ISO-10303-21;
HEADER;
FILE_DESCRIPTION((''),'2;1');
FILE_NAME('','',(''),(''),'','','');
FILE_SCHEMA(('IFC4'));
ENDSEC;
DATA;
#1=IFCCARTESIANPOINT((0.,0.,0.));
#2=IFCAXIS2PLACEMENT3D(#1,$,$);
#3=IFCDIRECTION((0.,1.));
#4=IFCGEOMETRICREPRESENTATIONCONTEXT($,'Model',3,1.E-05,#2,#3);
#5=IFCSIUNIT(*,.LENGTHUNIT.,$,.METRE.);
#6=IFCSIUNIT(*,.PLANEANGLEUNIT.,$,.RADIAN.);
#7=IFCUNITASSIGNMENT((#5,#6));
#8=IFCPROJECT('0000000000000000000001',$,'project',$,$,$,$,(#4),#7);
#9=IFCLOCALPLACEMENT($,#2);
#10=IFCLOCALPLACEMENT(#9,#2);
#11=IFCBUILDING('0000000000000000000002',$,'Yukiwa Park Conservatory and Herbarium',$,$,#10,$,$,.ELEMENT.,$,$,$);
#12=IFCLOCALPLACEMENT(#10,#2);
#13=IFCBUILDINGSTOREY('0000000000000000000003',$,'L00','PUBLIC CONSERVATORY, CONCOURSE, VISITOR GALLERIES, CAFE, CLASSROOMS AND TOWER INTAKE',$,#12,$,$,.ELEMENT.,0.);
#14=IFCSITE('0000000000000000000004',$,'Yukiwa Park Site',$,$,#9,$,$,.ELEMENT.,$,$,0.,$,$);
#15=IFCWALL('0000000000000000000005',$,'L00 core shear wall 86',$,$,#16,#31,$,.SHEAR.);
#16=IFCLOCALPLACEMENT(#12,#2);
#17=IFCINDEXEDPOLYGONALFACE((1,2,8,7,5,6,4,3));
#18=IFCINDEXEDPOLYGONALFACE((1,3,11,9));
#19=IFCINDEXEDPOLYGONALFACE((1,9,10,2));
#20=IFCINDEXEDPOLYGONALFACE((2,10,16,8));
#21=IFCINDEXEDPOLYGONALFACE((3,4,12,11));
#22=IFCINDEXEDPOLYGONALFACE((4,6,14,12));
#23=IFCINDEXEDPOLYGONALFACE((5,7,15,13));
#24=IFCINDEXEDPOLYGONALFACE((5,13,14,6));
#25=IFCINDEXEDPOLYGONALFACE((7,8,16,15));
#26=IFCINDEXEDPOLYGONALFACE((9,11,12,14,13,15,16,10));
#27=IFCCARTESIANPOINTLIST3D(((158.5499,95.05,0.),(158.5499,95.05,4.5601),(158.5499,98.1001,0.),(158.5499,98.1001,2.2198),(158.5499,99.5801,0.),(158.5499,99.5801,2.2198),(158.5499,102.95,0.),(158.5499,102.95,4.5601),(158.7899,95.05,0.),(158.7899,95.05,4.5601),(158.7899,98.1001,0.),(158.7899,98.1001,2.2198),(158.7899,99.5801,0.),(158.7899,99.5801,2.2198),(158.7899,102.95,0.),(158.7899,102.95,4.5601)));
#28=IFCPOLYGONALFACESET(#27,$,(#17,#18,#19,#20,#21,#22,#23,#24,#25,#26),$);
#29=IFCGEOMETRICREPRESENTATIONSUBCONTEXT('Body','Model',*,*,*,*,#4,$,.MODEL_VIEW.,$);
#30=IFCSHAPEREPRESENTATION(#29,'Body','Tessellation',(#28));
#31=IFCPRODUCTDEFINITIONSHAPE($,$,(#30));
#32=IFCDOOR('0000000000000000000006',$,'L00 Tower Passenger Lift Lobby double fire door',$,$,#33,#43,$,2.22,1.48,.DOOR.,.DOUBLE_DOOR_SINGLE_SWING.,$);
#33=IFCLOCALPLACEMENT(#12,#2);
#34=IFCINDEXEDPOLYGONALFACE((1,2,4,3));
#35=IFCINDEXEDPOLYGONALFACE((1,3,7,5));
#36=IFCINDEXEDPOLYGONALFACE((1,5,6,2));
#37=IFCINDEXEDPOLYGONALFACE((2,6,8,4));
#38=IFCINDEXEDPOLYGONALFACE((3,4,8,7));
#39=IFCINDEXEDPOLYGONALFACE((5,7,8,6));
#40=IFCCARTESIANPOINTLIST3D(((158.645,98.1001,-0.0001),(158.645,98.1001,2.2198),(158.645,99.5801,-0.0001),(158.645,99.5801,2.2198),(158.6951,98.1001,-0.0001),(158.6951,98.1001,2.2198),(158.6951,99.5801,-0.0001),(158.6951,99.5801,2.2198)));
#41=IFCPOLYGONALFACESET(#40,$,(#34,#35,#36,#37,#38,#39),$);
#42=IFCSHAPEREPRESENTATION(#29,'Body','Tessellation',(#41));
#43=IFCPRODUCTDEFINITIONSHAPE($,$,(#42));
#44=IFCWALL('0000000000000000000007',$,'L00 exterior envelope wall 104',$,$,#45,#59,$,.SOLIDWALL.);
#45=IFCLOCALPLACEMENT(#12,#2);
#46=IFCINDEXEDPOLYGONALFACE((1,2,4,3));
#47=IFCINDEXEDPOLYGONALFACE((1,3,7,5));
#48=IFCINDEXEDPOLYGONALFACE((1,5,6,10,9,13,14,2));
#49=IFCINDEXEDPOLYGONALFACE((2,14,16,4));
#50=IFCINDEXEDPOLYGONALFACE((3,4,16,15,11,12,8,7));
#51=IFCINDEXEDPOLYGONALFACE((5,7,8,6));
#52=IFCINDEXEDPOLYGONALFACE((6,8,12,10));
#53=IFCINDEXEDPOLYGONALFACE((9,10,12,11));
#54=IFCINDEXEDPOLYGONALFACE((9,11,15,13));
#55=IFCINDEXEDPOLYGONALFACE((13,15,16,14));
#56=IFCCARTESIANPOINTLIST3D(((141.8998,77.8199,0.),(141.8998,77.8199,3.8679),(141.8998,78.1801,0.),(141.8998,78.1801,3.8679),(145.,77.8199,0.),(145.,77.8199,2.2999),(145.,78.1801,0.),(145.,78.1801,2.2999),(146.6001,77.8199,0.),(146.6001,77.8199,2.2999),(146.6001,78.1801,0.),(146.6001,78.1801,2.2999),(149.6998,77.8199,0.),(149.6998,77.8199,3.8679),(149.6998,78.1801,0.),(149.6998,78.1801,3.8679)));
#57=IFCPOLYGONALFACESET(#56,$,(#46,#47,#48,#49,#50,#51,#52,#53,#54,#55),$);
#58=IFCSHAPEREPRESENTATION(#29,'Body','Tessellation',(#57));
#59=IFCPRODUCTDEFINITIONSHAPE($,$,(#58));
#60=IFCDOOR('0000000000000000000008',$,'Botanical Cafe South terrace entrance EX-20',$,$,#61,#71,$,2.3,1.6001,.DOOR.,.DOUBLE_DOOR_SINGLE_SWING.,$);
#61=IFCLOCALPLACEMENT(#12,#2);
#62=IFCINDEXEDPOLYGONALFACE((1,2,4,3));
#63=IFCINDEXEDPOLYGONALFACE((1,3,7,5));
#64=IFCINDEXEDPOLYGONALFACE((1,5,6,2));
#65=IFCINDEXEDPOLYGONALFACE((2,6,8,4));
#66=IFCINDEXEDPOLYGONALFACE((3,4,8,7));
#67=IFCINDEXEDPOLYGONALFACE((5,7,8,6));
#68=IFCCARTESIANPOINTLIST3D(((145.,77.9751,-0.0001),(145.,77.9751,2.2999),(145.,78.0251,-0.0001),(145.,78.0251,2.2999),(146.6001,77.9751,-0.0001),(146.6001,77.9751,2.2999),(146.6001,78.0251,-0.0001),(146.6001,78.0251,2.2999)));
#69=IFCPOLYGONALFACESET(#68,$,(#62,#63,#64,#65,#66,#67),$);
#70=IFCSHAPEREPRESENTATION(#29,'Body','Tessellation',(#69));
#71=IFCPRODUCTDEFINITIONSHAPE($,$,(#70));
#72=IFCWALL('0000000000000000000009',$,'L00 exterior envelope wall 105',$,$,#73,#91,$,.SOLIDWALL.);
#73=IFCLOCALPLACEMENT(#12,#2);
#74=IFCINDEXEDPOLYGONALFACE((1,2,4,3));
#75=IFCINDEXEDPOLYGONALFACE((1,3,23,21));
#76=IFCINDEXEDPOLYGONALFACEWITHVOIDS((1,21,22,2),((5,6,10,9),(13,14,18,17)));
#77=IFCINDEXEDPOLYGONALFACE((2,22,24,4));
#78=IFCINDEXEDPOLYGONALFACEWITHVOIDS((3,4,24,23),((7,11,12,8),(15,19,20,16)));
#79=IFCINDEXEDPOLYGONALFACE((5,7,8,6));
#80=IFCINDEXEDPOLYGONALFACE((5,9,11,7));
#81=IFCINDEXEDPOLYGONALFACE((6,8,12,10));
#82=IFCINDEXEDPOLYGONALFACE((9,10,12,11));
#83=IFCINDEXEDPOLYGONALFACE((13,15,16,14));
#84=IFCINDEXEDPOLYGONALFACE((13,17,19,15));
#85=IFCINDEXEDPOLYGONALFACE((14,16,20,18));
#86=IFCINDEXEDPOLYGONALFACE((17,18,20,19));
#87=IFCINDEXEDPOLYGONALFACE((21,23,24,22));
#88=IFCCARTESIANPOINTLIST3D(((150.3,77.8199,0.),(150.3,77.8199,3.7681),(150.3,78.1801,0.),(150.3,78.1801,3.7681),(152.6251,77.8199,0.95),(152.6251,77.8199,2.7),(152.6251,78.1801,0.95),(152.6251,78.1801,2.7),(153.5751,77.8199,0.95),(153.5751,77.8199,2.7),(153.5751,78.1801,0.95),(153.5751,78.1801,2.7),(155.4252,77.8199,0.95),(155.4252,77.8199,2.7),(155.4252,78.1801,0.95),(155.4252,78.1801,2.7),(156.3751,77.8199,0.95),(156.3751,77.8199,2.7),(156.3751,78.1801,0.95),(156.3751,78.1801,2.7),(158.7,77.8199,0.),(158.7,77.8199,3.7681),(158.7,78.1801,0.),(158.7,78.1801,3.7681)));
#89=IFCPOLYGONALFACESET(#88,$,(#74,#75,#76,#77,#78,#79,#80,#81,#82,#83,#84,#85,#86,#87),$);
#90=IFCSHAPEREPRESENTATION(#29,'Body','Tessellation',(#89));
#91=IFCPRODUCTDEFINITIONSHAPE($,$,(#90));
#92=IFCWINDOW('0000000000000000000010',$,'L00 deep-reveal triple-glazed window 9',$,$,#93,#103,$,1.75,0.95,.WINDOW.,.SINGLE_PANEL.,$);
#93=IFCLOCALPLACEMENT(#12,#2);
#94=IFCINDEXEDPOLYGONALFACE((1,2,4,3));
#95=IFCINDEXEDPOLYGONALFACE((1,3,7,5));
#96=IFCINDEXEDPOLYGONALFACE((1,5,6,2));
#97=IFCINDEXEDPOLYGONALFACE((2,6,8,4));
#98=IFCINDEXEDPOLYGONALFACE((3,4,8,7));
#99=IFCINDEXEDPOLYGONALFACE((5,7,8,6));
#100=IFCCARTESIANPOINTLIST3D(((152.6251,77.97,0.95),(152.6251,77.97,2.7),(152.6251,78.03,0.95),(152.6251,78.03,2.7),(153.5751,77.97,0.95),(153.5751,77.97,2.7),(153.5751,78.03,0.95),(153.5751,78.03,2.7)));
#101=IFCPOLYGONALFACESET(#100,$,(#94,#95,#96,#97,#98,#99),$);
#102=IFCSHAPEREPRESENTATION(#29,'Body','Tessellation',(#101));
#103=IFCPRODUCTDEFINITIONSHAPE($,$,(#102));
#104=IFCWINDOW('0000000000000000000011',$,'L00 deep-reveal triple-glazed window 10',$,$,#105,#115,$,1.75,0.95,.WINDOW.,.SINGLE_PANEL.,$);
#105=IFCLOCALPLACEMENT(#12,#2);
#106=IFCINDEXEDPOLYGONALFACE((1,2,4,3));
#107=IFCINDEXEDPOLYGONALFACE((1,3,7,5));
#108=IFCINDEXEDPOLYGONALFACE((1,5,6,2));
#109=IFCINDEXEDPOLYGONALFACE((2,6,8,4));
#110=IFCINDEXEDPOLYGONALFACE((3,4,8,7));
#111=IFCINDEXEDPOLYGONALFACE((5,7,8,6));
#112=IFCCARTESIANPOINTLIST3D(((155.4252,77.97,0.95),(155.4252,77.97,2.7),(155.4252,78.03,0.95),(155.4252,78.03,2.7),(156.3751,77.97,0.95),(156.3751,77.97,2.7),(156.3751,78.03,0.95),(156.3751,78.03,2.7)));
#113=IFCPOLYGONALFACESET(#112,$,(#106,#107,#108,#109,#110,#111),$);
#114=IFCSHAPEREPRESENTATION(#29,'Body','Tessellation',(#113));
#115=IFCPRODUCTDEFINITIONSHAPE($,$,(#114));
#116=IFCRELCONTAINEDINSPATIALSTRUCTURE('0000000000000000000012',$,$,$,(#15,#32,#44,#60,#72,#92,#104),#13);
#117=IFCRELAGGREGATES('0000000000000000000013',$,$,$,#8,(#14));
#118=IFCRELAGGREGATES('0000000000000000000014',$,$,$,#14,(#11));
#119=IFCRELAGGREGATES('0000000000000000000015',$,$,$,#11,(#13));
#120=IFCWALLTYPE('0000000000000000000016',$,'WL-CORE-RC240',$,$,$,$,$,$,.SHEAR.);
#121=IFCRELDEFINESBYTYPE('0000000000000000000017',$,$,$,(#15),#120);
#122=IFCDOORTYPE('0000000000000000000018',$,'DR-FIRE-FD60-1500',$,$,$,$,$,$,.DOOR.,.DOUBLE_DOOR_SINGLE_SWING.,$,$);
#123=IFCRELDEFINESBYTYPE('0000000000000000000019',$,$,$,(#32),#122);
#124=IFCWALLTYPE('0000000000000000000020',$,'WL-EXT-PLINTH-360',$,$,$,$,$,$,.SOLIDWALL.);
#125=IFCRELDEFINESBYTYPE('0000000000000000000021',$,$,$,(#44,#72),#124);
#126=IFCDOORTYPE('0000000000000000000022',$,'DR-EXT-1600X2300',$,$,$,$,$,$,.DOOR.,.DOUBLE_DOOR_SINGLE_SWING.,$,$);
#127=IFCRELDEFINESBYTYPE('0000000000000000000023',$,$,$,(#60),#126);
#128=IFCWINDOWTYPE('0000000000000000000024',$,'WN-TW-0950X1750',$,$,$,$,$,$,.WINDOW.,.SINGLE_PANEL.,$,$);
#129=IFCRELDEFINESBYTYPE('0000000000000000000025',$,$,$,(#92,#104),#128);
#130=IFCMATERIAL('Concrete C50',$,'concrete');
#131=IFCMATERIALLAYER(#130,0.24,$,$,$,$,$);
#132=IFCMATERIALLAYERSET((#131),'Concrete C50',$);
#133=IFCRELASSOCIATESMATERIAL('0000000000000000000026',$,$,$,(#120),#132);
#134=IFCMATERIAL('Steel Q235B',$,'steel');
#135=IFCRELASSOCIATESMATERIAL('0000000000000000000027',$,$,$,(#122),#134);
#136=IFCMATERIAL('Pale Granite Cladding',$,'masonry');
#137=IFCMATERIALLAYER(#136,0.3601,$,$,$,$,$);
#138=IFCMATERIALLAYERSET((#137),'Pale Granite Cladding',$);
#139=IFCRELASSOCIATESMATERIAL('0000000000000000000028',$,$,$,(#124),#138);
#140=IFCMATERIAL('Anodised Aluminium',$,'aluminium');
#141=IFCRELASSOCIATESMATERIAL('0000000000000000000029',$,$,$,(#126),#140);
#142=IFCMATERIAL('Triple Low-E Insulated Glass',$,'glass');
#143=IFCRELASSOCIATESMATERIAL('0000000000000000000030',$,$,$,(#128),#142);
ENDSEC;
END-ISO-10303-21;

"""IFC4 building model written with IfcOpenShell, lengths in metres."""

from ifc_helpers import new_model, si_unit, direction, frame, frame_2d, origin, place, context, subcontext, project, spatial, rectangle, extrude, material, layer, layer_set, type_object, element, fill, save


model = new_model("IFC4")

# Units and contexts
model_context = context("Model", 3, precision=1e-05, world=origin(), true_north=direction((0.0, 1.0)))
body_context = subcontext(model_context, "Body", "Model", "MODEL_VIEW")
ifc_project = project(units=[si_unit("LENGTHUNIT", "METRE"), si_unit("PLANEANGLEUNIT", "RADIAN")], contexts=[model_context])

# Site, building, storey
site_placement = place(None, origin())
site = spatial("IfcSite", under=ifc_project, at=site_placement, Name="Yukiwa Park Site", CompositionType="ELEMENT", RefElevation=0.0)
building_placement = place(site_placement, origin())
building = spatial("IfcBuilding", under=site, at=building_placement, Name="Yukiwa Park Conservatory and Herbarium", CompositionType="ELEMENT")
storey_placement = place(building_placement, origin())
storey = spatial("IfcBuildingStorey", under=building, at=storey_placement, Name="L00", Description="PUBLIC CONSERVATORY, CONCOURSE, VISITOR GALLERIES, CAFE, CLASSROOMS AND TOWER INTAKE", CompositionType="ELEMENT", Elevation=0.0)

# Shared definitions
ifc_material_1 = material(Name="Concrete C50", Category="concrete")
ifc_layer_1 = layer(ifc_material_1, 0.24)
ifc_layer_set_1 = layer_set([ifc_layer_1], Name="Concrete C50")
wall_type_1 = type_object("IfcWallType", Name="WL-CORE-RC240", PredefinedType="SHEAR", material=ifc_layer_set_1)

# Walls, openings, doors
wall_1_placement = place(storey_placement, frame((158.6699, 95.05, 0.0), z_axis=(0.0, 0.0, 1.0), x_axis=(0.0, 1.0, 0.0)))
wall_1 = element("IfcWall", 1, at=wall_1_placement, inside=storey, type_object=wall_type_1, Name="L00 core shear wall 86", PredefinedType="SHEAR", context=body_context, shape_type="SweptSolid", body=[
    extrude(rectangle(XDim=7.8999, YDim=0.24, at=frame_2d((3.95, 0.0))), origin(), (0.0, 0.0, 1.0), 4.5601),
])
opening_1_placement = place(wall_1_placement, frame((3.05, 0.0, 0.0)))
opening_1 = element("IfcOpeningElement", 2, at=opening_1_placement, cuts=wall_1, PredefinedType="OPENING", context=body_context, shape_type="SweptSolid", body=[
    extrude(rectangle(XDim=1.48, YDim=2.22, at=frame_2d((0.74, 1.1099))), frame((0.0, 0.1299, 0.0), z_axis=(0.0, -1.0, 0.0), x_axis=(1.0, 0.0, 0.0)), (0.0, 0.0, 1.0), 0.26),
])
ifc_material_2 = material(Name="Steel Q235B", Category="steel")
door_type_1 = type_object("IfcDoorType", Name="DR-FIRE-FD60-1500", OperationType="DOUBLE_DOOR_SINGLE_SWING", PredefinedType="DOOR", material=ifc_material_2)
door_1_placement = place(opening_1_placement, origin())
door_1 = element("IfcDoor", 3, at=door_1_placement, inside=storey, type_object=door_type_1, Name="L00 Tower Passenger Lift Lobby double fire door", OperationType="DOUBLE_DOOR_SINGLE_SWING", OverallHeight=2.22, OverallWidth=1.48, PredefinedType="DOOR", context=body_context, shape_type="SweptSolid", body=[
    extrude(rectangle(XDim=1.48, YDim=2.22, at=frame_2d((0.74, 1.1099))), frame((0.0, 0.0249, 0.0), z_axis=(0.0, -1.0, 0.0), x_axis=(1.0, 0.0, 0.0)), (0.0, 0.0, 1.0), 0.05),
])
fill(opening_1, door_1)
ifc_material_3 = material(Name="Pale Granite Cladding", Category="masonry")
ifc_layer_2 = layer(ifc_material_3, 0.3601)
ifc_layer_set_2 = layer_set([ifc_layer_2], Name="Pale Granite Cladding")
wall_type_2 = type_object("IfcWallType", Name="WL-EXT-PLINTH-360", PredefinedType="SOLIDWALL", material=ifc_layer_set_2)
wall_2_placement = place(storey_placement, frame((141.8999, 78.0, 0.0), z_axis=(0.0, 0.0, 1.0), x_axis=(1.0, 0.0, 0.0)))
wall_2 = element("IfcWall", 4, at=wall_2_placement, inside=storey, type_object=wall_type_2, Name="L00 exterior envelope wall 104", PredefinedType="SOLIDWALL", context=body_context, shape_type="SweptSolid", body=[
    extrude(rectangle(XDim=7.8, YDim=0.3601, at=frame_2d((3.8999, 0.0))), origin(), (0.0, 0.0, 1.0), 3.8679),
])
opening_2_placement = place(wall_2_placement, frame((3.1001, 0.0, 0.0)))
opening_2 = element("IfcOpeningElement", 5, at=opening_2_placement, cuts=wall_2, PredefinedType="OPENING", context=body_context, shape_type="SweptSolid", body=[
    extrude(rectangle(XDim=1.6001, YDim=2.3, at=frame_2d((0.8, 1.1499))), frame((0.0, 0.1899, 0.0), z_axis=(0.0, -1.0, 0.0), x_axis=(1.0, 0.0, 0.0)), (0.0, 0.0, 1.0), 0.3801),
])
ifc_material_4 = material(Name="Anodised Aluminium", Category="aluminium")
door_type_2 = type_object("IfcDoorType", Name="DR-EXT-1600X2300", OperationType="DOUBLE_DOOR_SINGLE_SWING", PredefinedType="DOOR", material=ifc_material_4)
door_2_placement = place(opening_2_placement, frame((1.6001, 0.0, 0.0), z_axis=(0.0, 0.0, 1.0), x_axis=(-1.0, 0.0, 0.0)))
door_2 = element("IfcDoor", 6, at=door_2_placement, inside=storey, type_object=door_type_2, Name="Botanical Cafe South terrace entrance EX-20", OperationType="DOUBLE_DOOR_SINGLE_SWING", OverallHeight=2.3, OverallWidth=1.6001, PredefinedType="DOOR", context=body_context, shape_type="SweptSolid", body=[
    extrude(rectangle(XDim=1.6001, YDim=2.3, at=frame_2d((0.8, 1.1499))), frame((0.0, 0.0249, 0.0), z_axis=(0.0, -1.0, 0.0), x_axis=(1.0, 0.0, 0.0)), (0.0, 0.0, 1.0), 0.05),
])
fill(opening_2, door_2)

# Wall, openings, windows
wall_3_placement = place(storey_placement, frame((150.3, 78.0, 0.0), z_axis=(0.0, 0.0, 1.0), x_axis=(1.0, 0.0, 0.0)))
wall_3 = element("IfcWall", 7, at=wall_3_placement, inside=storey, type_object=wall_type_2, Name="L00 exterior envelope wall 105", PredefinedType="SOLIDWALL", context=body_context, shape_type="SweptSolid", body=[
    extrude(rectangle(XDim=8.3999, YDim=0.3601, at=frame_2d((4.2, 0.0))), origin(), (0.0, 0.0, 1.0), 3.7681),
])
opening_3_placement = place(wall_3_placement, frame((2.325, 0.0, 0.95)))
opening_3 = element("IfcOpeningElement", 8, at=opening_3_placement, cuts=wall_3, PredefinedType="OPENING", context=body_context, shape_type="SweptSolid", body=[
    extrude(rectangle(XDim=0.95, YDim=1.75, at=frame_2d((0.4751, 0.875))), frame((0.0, 0.1899, 0.0), z_axis=(0.0, -1.0, 0.0), x_axis=(1.0, 0.0, 0.0)), (0.0, 0.0, 1.0), 0.3801),
])
opening_4_placement = place(wall_3_placement, frame((5.125, 0.0, 0.95)))
opening_4 = element("IfcOpeningElement", 9, at=opening_4_placement, cuts=wall_3, PredefinedType="OPENING", context=body_context, shape_type="SweptSolid", body=[
    extrude(rectangle(XDim=0.95, YDim=1.75, at=frame_2d((0.4751, 0.875))), frame((0.0, 0.1899, 0.0), z_axis=(0.0, -1.0, 0.0), x_axis=(1.0, 0.0, 0.0)), (0.0, 0.0, 1.0), 0.3801),
])
ifc_material_5 = material(Name="Triple Low-E Insulated Glass", Category="glass")
window_type = type_object("IfcWindowType", Name="WN-TW-0950X1750", PartitioningType="SINGLE_PANEL", PredefinedType="WINDOW", material=ifc_material_5)
window_1_placement = place(opening_3_placement, origin())
window_1 = element("IfcWindow", 10, at=window_1_placement, inside=storey, type_object=window_type, Name="L00 deep-reveal triple-glazed window 9", OverallHeight=1.75, OverallWidth=0.95, PartitioningType="SINGLE_PANEL", PredefinedType="WINDOW", context=body_context, shape_type="SweptSolid", body=[
    extrude(rectangle(XDim=0.95, YDim=1.75, at=frame_2d((0.4751, 0.875))), frame((0.0, 0.03, 0.0), z_axis=(0.0, -1.0, 0.0), x_axis=(1.0, 0.0, 0.0)), (0.0, 0.0, 1.0), 0.0601),
])
fill(opening_3, window_1)
window_2_placement = place(opening_4_placement, origin())
window_2 = element("IfcWindow", 11, at=window_2_placement, inside=storey, type_object=window_type, Name="L00 deep-reveal triple-glazed window 10", OverallHeight=1.75, OverallWidth=0.95, PartitioningType="SINGLE_PANEL", PredefinedType="WINDOW", context=body_context, shape_type="SweptSolid", body=[
    extrude(rectangle(XDim=0.95, YDim=1.75, at=frame_2d((0.4751, 0.875))), frame((0.0, 0.03, 0.0), z_axis=(0.0, -1.0, 0.0), x_axis=(1.0, 0.0, 0.0)), (0.0, 0.0, 1.0), 0.0601),
])
fill(opening_4, window_2)

save(model, "model.ifc")
